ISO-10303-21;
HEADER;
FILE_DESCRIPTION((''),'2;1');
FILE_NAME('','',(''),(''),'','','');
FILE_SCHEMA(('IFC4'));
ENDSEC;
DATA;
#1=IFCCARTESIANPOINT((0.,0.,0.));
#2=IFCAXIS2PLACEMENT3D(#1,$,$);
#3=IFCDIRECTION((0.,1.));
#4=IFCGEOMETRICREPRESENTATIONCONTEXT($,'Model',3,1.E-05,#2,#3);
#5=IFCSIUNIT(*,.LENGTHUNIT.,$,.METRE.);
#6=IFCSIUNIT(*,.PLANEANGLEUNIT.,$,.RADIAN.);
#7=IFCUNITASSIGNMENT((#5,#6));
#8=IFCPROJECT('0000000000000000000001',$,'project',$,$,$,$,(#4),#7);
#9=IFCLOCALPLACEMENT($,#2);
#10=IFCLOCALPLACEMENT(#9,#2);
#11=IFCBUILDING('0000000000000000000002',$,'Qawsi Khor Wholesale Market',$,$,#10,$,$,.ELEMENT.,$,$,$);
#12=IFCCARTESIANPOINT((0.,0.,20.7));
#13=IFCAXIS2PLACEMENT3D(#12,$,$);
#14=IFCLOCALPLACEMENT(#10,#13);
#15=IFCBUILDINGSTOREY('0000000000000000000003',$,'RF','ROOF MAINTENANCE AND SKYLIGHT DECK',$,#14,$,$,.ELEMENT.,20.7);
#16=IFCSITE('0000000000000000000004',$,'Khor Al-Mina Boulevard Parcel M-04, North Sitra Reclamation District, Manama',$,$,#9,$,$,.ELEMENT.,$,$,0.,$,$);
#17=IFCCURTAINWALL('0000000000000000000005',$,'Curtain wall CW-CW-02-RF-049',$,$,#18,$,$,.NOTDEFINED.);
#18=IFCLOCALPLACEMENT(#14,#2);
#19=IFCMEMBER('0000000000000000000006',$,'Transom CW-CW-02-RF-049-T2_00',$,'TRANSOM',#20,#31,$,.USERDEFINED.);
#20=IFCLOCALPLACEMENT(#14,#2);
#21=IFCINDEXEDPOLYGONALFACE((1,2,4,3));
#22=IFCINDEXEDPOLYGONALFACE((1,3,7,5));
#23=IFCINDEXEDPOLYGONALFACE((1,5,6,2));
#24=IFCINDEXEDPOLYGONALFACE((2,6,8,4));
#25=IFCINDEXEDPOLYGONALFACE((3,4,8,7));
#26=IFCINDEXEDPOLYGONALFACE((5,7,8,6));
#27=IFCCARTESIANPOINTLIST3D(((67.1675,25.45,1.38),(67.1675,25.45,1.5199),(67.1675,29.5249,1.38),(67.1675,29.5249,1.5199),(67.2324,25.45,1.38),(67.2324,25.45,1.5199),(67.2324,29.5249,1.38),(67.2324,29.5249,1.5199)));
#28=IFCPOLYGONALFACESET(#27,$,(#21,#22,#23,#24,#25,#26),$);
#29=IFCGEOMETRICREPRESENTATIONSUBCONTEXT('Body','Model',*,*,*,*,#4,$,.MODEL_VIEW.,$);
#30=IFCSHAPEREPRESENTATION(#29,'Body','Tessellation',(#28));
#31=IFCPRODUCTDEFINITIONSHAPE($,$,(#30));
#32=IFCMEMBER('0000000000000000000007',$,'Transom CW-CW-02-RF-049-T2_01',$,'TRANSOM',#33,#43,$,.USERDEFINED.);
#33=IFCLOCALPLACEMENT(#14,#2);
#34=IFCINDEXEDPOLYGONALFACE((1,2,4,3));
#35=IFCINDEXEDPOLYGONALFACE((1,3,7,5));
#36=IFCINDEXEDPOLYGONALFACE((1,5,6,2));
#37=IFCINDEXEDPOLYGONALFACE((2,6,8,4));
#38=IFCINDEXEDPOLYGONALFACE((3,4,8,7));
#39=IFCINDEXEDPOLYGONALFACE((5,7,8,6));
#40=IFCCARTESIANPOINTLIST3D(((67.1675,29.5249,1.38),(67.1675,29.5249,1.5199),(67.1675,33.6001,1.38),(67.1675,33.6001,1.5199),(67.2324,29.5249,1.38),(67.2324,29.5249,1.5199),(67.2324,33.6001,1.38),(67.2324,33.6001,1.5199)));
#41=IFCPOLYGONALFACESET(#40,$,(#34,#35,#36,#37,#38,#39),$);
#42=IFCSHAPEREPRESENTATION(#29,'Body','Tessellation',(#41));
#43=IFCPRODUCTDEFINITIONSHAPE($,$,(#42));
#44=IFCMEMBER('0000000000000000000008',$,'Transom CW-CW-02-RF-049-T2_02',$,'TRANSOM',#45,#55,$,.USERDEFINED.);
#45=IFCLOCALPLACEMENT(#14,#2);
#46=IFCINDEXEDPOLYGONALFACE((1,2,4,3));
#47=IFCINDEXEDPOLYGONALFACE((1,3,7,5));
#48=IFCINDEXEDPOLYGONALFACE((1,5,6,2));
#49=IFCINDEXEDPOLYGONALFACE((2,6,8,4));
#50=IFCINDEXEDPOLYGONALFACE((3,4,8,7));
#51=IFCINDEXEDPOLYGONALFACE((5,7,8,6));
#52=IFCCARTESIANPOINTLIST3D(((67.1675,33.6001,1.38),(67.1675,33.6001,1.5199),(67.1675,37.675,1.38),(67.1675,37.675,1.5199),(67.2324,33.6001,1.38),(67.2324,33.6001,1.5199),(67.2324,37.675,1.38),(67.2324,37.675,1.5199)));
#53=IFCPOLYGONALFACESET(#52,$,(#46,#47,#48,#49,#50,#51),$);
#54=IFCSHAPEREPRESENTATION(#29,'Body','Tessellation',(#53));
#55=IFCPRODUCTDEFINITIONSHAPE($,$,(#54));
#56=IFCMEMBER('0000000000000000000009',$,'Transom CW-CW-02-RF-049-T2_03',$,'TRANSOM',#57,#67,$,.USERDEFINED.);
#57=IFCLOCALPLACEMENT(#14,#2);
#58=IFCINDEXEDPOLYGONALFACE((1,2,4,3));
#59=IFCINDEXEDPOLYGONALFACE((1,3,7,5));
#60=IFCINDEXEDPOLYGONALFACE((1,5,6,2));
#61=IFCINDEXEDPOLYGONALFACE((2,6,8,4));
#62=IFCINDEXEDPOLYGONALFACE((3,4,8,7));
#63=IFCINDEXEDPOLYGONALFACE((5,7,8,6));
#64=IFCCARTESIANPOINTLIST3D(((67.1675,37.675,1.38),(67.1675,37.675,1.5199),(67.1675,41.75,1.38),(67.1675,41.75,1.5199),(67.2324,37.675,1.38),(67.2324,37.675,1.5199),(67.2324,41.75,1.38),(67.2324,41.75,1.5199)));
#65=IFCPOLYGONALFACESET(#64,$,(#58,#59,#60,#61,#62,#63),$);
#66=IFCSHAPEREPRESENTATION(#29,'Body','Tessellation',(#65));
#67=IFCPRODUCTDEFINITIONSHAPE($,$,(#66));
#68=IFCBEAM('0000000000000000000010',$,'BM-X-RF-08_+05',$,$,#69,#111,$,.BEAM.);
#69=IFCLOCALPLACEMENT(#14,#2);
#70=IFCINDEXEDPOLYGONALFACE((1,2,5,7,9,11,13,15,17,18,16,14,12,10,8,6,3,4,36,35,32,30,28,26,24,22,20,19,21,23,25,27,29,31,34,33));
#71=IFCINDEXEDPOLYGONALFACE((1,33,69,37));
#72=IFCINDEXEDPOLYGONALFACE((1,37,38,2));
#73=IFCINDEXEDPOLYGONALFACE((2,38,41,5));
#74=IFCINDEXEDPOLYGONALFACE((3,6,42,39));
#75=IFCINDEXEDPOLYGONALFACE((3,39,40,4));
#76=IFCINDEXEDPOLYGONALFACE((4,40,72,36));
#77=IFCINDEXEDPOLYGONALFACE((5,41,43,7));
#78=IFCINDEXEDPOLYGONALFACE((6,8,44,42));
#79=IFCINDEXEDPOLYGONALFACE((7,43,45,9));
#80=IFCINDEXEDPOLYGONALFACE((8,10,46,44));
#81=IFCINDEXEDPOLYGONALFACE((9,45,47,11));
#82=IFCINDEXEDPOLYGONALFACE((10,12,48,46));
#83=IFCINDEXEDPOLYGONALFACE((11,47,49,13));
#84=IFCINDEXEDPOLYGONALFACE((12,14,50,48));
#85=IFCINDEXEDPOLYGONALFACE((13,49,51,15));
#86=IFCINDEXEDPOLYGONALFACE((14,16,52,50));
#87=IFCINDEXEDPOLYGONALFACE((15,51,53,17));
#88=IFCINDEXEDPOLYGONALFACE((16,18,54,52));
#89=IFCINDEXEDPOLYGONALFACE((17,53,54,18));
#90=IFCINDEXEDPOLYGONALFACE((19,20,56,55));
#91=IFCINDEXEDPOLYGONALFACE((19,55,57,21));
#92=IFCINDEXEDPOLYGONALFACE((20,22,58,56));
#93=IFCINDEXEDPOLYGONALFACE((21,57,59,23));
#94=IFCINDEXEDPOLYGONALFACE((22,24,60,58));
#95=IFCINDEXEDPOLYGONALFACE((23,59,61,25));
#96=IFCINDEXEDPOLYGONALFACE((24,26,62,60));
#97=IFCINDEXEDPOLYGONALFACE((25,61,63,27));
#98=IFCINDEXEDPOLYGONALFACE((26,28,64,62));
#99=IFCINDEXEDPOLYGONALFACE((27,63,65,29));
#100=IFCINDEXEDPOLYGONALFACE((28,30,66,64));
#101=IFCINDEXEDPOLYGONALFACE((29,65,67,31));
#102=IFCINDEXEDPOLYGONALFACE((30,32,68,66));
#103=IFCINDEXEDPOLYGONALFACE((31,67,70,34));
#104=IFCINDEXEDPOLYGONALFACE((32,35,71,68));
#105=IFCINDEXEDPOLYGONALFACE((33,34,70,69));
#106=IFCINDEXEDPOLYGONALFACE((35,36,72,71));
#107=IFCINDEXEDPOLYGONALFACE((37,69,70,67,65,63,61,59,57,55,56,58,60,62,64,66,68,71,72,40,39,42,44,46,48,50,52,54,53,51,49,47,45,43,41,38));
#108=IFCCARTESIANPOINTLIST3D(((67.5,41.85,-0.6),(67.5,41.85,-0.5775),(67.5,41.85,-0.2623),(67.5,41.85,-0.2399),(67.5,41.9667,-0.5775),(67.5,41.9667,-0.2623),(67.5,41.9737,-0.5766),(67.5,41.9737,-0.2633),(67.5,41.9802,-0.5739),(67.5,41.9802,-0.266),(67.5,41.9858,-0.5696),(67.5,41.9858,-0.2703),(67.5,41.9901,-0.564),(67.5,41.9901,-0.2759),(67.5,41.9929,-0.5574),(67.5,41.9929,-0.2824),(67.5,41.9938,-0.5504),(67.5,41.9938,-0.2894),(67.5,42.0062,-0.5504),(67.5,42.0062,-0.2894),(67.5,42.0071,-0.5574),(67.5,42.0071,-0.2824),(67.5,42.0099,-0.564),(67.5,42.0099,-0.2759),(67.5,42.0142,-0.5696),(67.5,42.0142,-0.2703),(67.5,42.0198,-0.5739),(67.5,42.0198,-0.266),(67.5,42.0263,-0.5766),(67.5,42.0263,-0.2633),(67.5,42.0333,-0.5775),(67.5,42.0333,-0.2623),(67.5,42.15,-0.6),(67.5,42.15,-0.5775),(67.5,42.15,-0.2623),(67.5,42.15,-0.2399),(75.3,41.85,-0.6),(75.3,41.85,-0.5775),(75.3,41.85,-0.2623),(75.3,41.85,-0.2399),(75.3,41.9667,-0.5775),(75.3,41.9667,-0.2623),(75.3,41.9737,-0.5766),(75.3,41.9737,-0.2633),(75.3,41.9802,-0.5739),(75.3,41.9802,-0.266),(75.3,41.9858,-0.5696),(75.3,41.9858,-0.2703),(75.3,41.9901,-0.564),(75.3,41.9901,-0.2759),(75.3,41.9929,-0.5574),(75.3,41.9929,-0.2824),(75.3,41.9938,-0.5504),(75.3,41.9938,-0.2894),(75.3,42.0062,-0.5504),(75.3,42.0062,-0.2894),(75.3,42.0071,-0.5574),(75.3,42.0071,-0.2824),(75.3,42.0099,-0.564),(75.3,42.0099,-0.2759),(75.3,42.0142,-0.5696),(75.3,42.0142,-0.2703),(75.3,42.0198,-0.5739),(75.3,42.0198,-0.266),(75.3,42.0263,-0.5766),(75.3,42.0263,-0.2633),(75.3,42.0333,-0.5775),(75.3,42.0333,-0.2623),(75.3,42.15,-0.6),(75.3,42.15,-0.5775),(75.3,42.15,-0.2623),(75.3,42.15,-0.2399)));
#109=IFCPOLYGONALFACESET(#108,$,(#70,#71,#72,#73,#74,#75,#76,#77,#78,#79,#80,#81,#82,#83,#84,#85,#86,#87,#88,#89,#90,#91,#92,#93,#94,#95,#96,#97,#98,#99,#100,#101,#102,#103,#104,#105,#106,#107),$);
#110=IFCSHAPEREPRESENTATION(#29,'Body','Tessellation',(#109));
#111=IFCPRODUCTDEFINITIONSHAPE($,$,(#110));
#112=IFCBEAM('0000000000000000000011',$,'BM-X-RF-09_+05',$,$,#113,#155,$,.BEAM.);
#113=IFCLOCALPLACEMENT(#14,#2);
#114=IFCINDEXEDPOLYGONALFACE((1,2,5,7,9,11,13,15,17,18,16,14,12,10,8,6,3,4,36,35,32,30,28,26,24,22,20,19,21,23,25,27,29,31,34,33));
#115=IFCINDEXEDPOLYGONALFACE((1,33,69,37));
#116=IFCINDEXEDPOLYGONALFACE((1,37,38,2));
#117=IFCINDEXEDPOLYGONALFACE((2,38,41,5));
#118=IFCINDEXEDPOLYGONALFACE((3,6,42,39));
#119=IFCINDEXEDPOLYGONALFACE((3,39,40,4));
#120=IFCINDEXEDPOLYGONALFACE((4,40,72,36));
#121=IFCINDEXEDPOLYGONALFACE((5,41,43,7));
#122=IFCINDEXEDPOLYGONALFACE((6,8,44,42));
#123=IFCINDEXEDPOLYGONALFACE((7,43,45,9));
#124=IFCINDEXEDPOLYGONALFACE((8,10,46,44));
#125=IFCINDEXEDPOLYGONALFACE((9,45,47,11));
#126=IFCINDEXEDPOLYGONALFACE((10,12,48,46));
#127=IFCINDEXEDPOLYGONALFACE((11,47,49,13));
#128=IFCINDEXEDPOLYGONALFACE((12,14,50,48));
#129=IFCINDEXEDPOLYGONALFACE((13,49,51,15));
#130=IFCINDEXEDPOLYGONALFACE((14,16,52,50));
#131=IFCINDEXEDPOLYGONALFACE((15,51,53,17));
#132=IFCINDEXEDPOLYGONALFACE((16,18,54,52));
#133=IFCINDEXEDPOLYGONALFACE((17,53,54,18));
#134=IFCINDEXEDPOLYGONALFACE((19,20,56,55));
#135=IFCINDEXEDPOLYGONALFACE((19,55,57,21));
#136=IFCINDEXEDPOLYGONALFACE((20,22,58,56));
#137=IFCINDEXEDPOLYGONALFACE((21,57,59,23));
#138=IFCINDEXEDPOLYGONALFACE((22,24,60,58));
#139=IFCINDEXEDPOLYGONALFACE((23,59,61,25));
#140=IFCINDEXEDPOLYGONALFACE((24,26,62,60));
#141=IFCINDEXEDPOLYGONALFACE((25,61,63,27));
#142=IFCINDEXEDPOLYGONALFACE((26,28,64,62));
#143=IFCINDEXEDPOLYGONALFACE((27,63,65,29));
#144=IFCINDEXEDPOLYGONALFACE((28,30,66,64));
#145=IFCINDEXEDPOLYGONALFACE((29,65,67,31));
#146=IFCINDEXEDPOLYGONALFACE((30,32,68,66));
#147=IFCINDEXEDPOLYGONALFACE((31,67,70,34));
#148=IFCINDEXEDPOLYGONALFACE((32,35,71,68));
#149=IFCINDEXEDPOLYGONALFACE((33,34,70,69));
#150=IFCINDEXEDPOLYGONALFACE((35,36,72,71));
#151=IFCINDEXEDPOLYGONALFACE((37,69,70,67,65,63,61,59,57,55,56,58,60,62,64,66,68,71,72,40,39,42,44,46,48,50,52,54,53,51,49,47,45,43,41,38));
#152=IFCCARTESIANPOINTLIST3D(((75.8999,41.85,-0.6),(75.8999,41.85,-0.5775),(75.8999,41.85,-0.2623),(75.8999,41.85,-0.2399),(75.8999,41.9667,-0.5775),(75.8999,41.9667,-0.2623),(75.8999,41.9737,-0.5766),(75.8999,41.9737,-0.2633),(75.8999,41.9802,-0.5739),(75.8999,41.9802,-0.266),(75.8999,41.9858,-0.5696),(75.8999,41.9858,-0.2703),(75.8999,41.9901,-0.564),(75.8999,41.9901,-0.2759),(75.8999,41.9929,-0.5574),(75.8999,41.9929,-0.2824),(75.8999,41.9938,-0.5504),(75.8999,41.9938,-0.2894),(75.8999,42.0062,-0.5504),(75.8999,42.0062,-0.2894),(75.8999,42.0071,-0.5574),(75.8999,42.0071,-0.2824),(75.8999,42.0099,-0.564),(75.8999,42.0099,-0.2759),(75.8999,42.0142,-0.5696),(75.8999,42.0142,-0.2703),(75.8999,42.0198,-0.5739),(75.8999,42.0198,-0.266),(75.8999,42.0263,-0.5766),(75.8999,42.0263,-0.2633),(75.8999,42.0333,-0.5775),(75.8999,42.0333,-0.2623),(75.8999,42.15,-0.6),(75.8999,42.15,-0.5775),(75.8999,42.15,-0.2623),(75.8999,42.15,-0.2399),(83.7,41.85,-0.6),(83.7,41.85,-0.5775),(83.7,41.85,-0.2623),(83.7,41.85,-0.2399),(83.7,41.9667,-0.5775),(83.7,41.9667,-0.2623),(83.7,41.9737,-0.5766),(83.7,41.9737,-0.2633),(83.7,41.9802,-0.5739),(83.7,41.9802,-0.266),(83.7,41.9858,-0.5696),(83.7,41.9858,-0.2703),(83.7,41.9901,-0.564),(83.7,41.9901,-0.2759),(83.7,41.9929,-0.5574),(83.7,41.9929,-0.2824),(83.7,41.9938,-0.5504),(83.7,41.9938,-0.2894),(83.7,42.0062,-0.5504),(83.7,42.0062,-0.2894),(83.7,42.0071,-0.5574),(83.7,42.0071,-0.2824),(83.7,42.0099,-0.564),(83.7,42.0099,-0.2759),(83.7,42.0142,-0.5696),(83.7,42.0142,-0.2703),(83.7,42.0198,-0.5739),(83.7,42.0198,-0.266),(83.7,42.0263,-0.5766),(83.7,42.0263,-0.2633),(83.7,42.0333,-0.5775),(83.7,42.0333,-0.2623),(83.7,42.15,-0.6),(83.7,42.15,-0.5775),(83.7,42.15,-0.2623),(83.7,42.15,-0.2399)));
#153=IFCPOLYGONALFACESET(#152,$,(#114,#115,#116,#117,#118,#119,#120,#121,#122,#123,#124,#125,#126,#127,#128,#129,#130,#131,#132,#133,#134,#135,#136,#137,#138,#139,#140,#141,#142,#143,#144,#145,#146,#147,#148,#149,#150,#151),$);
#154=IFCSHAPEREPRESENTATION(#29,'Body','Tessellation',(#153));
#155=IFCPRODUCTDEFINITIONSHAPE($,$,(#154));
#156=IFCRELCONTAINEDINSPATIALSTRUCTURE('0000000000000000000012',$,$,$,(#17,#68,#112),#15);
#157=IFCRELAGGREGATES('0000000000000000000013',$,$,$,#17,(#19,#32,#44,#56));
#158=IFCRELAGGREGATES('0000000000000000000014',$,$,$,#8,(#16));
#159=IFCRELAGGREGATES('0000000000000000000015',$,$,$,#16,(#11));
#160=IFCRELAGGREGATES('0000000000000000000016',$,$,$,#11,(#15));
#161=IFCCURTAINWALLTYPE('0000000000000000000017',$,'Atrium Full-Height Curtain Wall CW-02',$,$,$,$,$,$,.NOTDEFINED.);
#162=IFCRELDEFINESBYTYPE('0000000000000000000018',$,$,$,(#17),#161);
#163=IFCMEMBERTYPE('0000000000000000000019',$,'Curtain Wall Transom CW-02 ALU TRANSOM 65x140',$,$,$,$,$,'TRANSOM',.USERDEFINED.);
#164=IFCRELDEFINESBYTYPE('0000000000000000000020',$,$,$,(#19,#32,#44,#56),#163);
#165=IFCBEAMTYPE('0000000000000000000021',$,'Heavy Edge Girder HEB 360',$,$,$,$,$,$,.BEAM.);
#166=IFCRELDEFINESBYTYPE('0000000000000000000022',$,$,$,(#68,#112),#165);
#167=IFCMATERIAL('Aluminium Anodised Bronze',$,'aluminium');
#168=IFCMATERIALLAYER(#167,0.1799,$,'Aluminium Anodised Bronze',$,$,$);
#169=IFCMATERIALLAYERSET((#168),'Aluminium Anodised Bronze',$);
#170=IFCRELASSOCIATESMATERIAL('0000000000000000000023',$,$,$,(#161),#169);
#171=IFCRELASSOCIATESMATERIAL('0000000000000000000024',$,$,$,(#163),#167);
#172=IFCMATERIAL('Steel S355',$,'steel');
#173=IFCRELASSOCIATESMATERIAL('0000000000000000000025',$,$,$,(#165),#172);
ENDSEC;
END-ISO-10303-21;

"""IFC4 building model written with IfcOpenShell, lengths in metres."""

from ifc_helpers import new_model, si_unit, direction, frame, origin, origin_2d, place, context, subcontext, project, spatial, rectangle, i_section, extrude, material, layer, layer_set, material_profile, profile_set, type_object, element, aggregate, save


model = new_model("IFC4")

# Units and contexts
model_context = context("Model", 3, precision=1e-05, world=origin(), true_north=direction((0.0, 1.0)))
body_context = subcontext(model_context, "Body", "Model", "MODEL_VIEW")
ifc_project = project(units=[si_unit("LENGTHUNIT", "METRE"), si_unit("PLANEANGLEUNIT", "RADIAN")], contexts=[model_context])

# Site, building, storey
site_placement = place(None, origin())
site = spatial("IfcSite", under=ifc_project, at=site_placement, Name="Khor Al-Mina Boulevard Parcel M-04, North Sitra Reclamation District, Manama", CompositionType="ELEMENT", RefElevation=0.0)
building_placement = place(site_placement, origin())
building = spatial("IfcBuilding", under=site, at=building_placement, Name="Qawsi Khor Wholesale Market", CompositionType="ELEMENT")
storey_placement = place(building_placement, frame((0.0, 0.0, 20.7)))
storey = spatial("IfcBuildingStorey", under=building, at=storey_placement, Name="RF", Description="ROOF MAINTENANCE AND SKYLIGHT DECK", CompositionType="ELEMENT", Elevation=20.7)

# Curtain wall
ifc_material_1 = material(Name="Aluminium Anodised Bronze", Category="aluminium")
ifc_layer_1 = layer(ifc_material_1, 0.1799, Name="Aluminium Anodised Bronze")
ifc_layer_set_1 = layer_set([ifc_layer_1], Name="Aluminium Anodised Bronze")
curtain_wall_type = type_object("IfcCurtainWallType", Name="Atrium Full-Height Curtain Wall CW-02", PredefinedType="NOTDEFINED", material=ifc_layer_set_1)
curtain_wall_1_placement = place(storey_placement, origin())
curtain_wall_1 = element("IfcCurtainWall", 1, at=curtain_wall_1_placement, inside=storey, type_object=curtain_wall_type, Name="Curtain wall CW-CW-02-RF-049", PredefinedType="NOTDEFINED")

# Members
ifc_material_profile_1 = material_profile(ifc_material_1, rectangle(XDim=0.0649, YDim=0.1399, at=origin_2d()), Name="ALU TRANSOM 65x140")
ifc_profile_set_1 = profile_set([ifc_material_profile_1], Name="Aluminium Anodised Bronze")
member_type_1 = type_object("IfcMemberType", Name="Curtain Wall Transom CW-02 ALU TRANSOM 65x140", ElementType="TRANSOM", PredefinedType="USERDEFINED", material=ifc_profile_set_1)
member_1_placement = place(storey_placement, frame((67.2, 25.45, 1.45), z_axis=(0.0, 1.0, 0.0), x_axis=(-1.0, 0.0, 0.0)))
member_1 = element("IfcMember", 2, at=member_1_placement, type_object=member_type_1, Name="Transom CW-CW-02-RF-049-T2_00", ObjectType="TRANSOM", PredefinedType="USERDEFINED", context=body_context, shape_type="SweptSolid", body=[
    extrude(rectangle(XDim=0.0649, YDim=0.1399, at=origin_2d()), origin(), (0.0, 0.0, 1.0), 4.075),
])
member_2_placement = place(storey_placement, frame((67.2, 29.5249, 1.45), z_axis=(0.0, 1.0, 0.0), x_axis=(-1.0, 0.0, 0.0)))
member_2 = element("IfcMember", 3, at=member_2_placement, type_object=member_type_1, Name="Transom CW-CW-02-RF-049-T2_01", ObjectType="TRANSOM", PredefinedType="USERDEFINED", context=body_context, shape_type="SweptSolid", body=[
    extrude(rectangle(XDim=0.0649, YDim=0.1399, at=origin_2d()), origin(), (0.0, 0.0, 1.0), 4.0752),
])
member_3_placement = place(storey_placement, frame((67.2, 33.6001, 1.45), z_axis=(0.0, 1.0, 0.0), x_axis=(-1.0, 0.0, 0.0)))
member_3 = element("IfcMember", 4, at=member_3_placement, type_object=member_type_1, Name="Transom CW-CW-02-RF-049-T2_02", ObjectType="TRANSOM", PredefinedType="USERDEFINED", context=body_context, shape_type="SweptSolid", body=[
    extrude(rectangle(XDim=0.0649, YDim=0.1399, at=origin_2d()), origin(), (0.0, 0.0, 1.0), 4.075),
])
member_4_placement = place(storey_placement, frame((67.2, 37.675, 1.45), z_axis=(0.0, 1.0, 0.0), x_axis=(-1.0, 0.0, 0.0)))
member_4 = element("IfcMember", 5, at=member_4_placement, type_object=member_type_1, Name="Transom CW-CW-02-RF-049-T2_03", ObjectType="TRANSOM", PredefinedType="USERDEFINED", context=body_context, shape_type="SweptSolid", body=[
    extrude(rectangle(XDim=0.0649, YDim=0.1399, at=origin_2d()), origin(), (0.0, 0.0, 1.0), 4.075),
])

# Beams
ifc_material_2 = material(Name="Steel S355", Category="steel")
ifc_material_profile_2 = material_profile(ifc_material_2, i_section(OverallWidth=0.3, OverallDepth=0.3601, WebThickness=0.0125, FlangeThickness=0.0225, FilletRadius=0.0271, at=origin_2d()), Name="HEB 360")
ifc_profile_set_2 = profile_set([ifc_material_profile_2], Name="Steel S355")
beam_type_1 = type_object("IfcBeamType", Name="Heavy Edge Girder HEB 360", PredefinedType="BEAM", material=ifc_profile_set_2)
for number, where, z_axis, x_axis, name in (
    (6, (67.5, 42.0, -0.4199), (1.0, 0.0, 0.0), (0.0, 1.0, 0.0), "BM-X-RF-08_+05"),
    (7, (75.8999, 42.0, -0.4199), (1.0, 0.0, 0.0), (0.0, 1.0, 0.0), "BM-X-RF-09_+05"),
):
    element("IfcBeam", number, at=place(storey_placement, frame(where, z_axis=z_axis, x_axis=x_axis)), inside=storey, type_object=beam_type_1, Name=name, PredefinedType="BEAM", context=body_context, shape_type="SweptSolid", body=[
        extrude(i_section(OverallWidth=0.3, OverallDepth=0.3601, WebThickness=0.0125, FlangeThickness=0.0225, FilletRadius=0.0271, at=origin_2d()), origin(), (0.0, 0.0, 1.0), 7.8),
    ])

aggregate(curtain_wall_1, [member_1, member_2, member_3, member_4])

save(model, "model.ifc")
